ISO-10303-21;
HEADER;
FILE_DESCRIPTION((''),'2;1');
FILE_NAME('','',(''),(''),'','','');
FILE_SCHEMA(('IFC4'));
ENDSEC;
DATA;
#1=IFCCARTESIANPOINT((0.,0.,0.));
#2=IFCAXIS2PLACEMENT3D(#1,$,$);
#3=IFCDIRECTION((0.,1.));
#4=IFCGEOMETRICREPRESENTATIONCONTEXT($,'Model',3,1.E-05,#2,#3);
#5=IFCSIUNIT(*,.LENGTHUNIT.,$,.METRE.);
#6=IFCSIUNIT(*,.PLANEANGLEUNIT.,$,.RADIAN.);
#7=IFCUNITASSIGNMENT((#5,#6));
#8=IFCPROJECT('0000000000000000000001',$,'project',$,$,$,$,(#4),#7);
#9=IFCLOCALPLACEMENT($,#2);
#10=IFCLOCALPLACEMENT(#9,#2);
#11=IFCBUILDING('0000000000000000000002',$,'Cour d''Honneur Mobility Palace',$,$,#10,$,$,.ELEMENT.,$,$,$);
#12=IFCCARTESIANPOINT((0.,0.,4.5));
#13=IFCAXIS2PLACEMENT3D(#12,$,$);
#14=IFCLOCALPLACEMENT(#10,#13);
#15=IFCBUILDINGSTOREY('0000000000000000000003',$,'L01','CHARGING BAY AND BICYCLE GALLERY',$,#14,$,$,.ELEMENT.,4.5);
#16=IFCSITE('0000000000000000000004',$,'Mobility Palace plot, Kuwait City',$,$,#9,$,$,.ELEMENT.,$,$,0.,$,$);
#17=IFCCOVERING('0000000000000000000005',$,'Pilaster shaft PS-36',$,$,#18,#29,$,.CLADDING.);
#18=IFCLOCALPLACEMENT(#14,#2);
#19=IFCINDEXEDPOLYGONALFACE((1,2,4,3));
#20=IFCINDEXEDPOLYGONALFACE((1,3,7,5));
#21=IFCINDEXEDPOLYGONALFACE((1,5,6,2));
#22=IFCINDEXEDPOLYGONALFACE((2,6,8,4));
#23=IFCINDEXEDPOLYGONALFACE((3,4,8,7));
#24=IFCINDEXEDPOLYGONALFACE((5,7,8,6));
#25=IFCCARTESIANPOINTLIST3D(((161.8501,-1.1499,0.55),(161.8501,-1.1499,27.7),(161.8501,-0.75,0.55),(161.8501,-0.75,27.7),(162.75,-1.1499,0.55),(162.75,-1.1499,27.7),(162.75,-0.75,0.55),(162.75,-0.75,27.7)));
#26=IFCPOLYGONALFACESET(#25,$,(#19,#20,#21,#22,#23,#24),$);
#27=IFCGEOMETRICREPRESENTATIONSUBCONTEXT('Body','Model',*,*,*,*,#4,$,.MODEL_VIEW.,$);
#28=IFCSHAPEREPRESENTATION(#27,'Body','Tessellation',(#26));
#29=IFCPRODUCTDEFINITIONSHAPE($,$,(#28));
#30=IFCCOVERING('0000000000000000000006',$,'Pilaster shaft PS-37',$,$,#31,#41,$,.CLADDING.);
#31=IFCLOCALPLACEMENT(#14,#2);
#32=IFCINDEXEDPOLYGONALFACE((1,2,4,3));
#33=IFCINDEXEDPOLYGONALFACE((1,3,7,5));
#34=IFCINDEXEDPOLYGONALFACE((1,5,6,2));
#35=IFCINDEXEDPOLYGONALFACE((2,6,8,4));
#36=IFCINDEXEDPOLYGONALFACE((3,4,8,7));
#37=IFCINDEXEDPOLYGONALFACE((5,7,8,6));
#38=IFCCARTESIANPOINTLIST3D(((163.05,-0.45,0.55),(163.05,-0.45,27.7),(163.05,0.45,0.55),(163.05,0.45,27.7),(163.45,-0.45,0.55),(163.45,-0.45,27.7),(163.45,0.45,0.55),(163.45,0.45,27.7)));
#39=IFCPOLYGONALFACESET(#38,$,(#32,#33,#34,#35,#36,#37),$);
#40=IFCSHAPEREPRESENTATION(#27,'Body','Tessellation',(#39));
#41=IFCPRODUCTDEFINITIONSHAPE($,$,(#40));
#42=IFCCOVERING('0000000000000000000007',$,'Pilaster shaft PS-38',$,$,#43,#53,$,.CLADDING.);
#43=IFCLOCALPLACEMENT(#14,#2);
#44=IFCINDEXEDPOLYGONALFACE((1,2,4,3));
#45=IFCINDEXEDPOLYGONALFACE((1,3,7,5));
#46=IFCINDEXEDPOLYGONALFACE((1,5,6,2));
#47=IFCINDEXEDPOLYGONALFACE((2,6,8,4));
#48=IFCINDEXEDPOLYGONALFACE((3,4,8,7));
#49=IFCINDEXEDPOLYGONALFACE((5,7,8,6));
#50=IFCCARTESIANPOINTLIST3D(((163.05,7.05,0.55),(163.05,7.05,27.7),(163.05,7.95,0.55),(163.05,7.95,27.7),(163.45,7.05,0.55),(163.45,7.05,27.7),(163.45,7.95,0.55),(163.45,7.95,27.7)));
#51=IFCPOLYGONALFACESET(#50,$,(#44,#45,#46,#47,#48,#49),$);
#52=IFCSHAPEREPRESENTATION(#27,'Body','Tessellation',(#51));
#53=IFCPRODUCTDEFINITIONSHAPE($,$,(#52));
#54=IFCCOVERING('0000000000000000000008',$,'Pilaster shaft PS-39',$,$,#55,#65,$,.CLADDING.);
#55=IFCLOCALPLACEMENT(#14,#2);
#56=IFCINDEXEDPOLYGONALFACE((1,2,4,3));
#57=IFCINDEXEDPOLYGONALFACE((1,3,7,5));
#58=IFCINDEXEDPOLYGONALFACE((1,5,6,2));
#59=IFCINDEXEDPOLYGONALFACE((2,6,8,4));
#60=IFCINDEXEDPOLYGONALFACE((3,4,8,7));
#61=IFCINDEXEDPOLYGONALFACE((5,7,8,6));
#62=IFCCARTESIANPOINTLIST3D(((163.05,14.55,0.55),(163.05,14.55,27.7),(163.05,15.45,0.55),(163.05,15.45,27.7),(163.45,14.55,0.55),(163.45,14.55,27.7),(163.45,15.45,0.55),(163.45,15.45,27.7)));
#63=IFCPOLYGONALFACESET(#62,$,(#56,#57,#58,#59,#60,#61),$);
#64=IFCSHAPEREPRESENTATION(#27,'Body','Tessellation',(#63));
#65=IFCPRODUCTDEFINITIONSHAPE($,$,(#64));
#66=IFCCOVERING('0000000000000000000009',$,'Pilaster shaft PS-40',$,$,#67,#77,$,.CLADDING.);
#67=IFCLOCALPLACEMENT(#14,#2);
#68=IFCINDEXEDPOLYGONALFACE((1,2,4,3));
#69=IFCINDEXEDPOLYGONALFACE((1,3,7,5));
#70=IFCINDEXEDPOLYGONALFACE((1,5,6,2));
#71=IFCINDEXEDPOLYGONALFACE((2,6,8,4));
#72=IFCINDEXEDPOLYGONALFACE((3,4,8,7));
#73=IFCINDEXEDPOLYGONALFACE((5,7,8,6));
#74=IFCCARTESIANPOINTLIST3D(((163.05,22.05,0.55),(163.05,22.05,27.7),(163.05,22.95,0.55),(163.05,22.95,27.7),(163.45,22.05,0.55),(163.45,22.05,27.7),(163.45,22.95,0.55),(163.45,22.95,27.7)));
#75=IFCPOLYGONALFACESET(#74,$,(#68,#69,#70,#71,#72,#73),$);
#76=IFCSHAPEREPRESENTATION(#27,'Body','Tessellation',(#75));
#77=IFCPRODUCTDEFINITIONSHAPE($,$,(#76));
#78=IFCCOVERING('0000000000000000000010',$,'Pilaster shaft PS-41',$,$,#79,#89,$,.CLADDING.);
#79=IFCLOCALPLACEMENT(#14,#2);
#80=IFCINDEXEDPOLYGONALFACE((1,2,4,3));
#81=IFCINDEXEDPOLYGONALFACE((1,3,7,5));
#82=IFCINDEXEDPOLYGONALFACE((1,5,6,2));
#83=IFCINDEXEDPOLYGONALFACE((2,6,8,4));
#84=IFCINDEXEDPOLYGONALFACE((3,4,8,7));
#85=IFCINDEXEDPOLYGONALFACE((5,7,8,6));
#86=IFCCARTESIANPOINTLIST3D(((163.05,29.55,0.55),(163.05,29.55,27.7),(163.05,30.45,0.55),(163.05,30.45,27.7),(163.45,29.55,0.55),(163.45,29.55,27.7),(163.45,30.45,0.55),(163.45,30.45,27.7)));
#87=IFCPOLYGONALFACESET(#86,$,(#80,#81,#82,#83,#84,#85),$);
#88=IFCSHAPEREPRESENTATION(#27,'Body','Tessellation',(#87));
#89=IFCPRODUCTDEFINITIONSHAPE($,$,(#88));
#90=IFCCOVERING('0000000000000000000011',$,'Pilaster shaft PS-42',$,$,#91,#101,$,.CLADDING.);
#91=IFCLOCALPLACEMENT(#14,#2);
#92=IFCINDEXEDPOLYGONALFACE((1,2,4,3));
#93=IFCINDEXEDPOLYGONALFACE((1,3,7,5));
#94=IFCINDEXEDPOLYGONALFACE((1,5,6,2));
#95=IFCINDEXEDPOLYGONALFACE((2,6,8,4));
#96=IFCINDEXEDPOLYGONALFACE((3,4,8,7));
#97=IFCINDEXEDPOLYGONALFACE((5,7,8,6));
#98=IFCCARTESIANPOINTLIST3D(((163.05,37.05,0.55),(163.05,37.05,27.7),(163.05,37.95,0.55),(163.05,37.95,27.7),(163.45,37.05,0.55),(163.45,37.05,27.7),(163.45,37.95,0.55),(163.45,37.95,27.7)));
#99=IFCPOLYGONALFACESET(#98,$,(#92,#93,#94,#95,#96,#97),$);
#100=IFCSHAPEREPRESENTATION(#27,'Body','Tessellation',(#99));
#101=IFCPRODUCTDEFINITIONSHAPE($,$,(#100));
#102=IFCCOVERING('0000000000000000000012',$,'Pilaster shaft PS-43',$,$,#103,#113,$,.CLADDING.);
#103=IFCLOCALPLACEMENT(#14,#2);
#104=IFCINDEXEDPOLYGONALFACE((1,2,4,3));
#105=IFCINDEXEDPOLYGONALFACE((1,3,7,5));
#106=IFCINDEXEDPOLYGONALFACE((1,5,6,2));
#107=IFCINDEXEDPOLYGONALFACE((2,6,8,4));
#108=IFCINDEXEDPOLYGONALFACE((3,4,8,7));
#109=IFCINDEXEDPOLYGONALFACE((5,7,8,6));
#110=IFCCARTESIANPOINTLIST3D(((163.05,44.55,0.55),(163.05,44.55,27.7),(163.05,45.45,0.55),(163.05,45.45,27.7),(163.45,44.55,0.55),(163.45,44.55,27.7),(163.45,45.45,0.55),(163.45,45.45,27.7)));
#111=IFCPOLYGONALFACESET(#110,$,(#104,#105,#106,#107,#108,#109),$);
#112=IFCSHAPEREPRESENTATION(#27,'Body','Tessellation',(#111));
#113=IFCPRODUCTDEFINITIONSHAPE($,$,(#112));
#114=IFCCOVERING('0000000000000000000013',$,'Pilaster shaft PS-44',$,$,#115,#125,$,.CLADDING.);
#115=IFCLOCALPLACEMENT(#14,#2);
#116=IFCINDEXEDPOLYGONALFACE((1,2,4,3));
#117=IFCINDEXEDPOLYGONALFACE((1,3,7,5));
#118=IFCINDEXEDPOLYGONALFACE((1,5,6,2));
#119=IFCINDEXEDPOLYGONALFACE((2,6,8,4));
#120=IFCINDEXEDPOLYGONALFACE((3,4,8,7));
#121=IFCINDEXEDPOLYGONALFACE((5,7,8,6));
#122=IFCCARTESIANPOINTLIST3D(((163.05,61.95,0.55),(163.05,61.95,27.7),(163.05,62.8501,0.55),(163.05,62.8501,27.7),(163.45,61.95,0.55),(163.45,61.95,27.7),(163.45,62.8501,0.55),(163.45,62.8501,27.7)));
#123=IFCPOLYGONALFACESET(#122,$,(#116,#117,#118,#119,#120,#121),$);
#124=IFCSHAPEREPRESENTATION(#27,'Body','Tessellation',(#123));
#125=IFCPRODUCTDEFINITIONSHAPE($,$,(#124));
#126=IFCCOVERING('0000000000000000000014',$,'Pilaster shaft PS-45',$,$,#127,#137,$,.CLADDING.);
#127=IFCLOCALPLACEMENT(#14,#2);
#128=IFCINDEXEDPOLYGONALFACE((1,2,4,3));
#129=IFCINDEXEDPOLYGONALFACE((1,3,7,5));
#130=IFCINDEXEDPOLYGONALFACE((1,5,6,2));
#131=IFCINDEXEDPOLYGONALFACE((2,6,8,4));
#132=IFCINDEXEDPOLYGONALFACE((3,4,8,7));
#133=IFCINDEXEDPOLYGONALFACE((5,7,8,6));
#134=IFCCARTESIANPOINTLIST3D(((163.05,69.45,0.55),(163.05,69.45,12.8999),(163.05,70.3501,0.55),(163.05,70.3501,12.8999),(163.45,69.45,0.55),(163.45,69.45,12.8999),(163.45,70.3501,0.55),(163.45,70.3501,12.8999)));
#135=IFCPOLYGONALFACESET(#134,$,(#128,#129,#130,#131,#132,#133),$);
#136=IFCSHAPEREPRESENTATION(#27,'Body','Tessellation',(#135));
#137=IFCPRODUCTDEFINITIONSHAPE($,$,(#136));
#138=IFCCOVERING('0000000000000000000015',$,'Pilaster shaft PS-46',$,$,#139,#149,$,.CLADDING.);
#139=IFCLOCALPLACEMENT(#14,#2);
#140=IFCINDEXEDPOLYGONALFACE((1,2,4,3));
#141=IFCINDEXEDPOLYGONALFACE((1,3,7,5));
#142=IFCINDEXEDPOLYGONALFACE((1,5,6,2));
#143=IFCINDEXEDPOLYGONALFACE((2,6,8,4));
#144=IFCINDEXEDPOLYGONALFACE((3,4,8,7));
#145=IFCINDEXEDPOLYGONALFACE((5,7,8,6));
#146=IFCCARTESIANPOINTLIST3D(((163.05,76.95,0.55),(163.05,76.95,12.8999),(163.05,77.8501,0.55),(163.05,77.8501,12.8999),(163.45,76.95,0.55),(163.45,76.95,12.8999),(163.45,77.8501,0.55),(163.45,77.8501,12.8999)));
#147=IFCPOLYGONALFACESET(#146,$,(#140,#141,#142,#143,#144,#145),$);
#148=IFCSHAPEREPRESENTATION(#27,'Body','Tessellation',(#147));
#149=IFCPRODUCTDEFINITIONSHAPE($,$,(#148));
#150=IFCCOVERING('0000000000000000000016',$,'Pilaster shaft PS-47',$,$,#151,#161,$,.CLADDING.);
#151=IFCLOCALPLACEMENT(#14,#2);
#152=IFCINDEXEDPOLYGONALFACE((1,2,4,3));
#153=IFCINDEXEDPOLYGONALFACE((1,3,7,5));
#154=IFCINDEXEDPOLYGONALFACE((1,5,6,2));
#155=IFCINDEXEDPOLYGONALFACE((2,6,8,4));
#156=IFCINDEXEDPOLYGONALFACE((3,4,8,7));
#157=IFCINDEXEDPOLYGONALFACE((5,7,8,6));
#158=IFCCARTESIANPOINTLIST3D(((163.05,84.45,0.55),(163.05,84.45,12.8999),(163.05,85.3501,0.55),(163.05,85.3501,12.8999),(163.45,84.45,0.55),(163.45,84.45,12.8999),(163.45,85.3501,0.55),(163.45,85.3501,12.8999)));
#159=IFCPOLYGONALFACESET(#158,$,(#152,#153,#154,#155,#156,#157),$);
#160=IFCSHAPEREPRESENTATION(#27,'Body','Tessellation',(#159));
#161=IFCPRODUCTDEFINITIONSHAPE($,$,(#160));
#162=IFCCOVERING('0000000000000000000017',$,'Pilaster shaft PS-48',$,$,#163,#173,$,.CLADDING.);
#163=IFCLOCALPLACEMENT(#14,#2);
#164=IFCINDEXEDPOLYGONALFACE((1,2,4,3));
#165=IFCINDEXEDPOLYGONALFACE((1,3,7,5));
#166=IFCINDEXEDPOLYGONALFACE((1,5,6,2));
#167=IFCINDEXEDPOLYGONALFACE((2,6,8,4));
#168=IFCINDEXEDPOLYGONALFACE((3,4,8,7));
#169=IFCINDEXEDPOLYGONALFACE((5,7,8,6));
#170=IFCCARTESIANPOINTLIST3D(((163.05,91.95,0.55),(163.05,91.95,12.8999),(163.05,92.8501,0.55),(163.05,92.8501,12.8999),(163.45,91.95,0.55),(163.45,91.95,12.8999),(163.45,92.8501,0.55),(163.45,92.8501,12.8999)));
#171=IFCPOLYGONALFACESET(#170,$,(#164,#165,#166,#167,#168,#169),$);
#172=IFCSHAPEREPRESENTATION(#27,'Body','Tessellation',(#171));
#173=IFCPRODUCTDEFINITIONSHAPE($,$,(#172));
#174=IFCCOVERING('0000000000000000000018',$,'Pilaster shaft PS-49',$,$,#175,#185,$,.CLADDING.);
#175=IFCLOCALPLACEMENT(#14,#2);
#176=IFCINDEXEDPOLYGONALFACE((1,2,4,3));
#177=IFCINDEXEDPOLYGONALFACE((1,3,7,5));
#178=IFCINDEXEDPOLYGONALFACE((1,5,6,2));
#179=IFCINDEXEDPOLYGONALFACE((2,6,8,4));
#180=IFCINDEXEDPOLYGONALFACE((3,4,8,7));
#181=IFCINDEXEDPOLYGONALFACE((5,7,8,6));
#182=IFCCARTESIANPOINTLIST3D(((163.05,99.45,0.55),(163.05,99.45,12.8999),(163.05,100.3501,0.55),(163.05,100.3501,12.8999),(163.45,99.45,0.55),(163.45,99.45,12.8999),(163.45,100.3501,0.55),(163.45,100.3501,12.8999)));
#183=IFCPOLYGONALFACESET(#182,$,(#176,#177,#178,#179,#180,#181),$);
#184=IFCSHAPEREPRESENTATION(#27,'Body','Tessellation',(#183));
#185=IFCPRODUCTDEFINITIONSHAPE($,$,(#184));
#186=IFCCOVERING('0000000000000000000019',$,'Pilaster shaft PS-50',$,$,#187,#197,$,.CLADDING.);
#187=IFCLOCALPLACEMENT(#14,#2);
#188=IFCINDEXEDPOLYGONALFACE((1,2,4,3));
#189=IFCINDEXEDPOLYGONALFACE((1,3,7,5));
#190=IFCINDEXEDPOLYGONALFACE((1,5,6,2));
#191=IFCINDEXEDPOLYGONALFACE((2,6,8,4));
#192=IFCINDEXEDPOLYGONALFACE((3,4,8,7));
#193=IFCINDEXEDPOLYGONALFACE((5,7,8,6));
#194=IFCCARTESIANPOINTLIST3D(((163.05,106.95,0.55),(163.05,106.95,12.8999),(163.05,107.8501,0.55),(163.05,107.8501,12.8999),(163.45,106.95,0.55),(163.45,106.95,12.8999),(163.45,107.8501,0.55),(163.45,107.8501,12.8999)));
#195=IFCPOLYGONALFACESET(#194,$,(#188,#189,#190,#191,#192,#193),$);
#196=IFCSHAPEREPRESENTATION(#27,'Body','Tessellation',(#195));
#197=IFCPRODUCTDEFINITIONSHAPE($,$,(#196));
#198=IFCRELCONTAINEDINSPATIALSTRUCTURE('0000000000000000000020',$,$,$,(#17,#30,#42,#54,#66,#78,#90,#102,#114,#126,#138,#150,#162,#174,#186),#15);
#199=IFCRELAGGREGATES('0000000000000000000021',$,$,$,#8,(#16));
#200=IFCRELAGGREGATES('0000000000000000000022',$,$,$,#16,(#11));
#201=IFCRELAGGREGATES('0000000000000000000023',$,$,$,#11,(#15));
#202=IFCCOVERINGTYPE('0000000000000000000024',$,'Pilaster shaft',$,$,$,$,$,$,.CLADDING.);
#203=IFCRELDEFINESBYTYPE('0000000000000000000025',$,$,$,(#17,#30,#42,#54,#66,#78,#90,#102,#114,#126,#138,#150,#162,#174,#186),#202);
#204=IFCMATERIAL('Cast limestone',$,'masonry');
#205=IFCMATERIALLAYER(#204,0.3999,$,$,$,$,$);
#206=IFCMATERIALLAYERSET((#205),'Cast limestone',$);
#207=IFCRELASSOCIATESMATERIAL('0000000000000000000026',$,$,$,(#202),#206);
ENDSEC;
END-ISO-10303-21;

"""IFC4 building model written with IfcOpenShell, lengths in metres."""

from ifc_helpers import new_model, si_unit, direction, frame, origin, place, context, subcontext, project, spatial, polyline, outline, extrude, material, layer, layer_set, type_object, element, save


model = new_model("IFC4")

# Units and contexts
model_context = context("Model", 3, precision=1e-05, world=origin(), true_north=direction((0.0, 1.0)))
body_context = subcontext(model_context, "Body", "Model", "MODEL_VIEW")
ifc_project = project(units=[si_unit("LENGTHUNIT", "METRE"), si_unit("PLANEANGLEUNIT", "RADIAN")], contexts=[model_context])

# Site, building, storey
site_placement = place(None, origin())
site = spatial("IfcSite", under=ifc_project, at=site_placement, Name="Mobility Palace plot, Kuwait City", CompositionType="ELEMENT", RefElevation=0.0)
building_placement = place(site_placement, origin())
building = spatial("IfcBuilding", under=site, at=building_placement, Name="Cour d'Honneur Mobility Palace", CompositionType="ELEMENT")
storey_placement = place(building_placement, frame((0.0, 0.0, 4.5)))
storey = spatial("IfcBuildingStorey", under=building, at=storey_placement, Name="L01", Description="CHARGING BAY AND BICYCLE GALLERY", CompositionType="ELEMENT", Elevation=4.5)

# Coverings
ifc_material = material(Name="Cast limestone", Category="masonry")
ifc_layer = layer(ifc_material, 0.3999)
ifc_layer_set = layer_set([ifc_layer], Name="Cast limestone")
covering_type = type_object("IfcCoveringType", Name="Pilaster shaft", PredefinedType="CLADDING", material=ifc_layer_set)
covering_1_placement = place(storey_placement, frame((0.0, 0.0, 0.55)))
element("IfcCovering", 1, at=covering_1_placement, inside=storey, type_object=covering_type, Name="Pilaster shaft PS-36", PredefinedType="CLADDING", context=body_context, shape_type="SweptSolid", body=[
    extrude(outline(polyline([(161.8501, -0.75), (162.75, -0.75), (162.75, -1.1499), (161.8501, -1.1499), (161.8501, -0.75)])), origin(), (0.0, 0.0, 1.0), 27.1499),
])
covering_2_placement = place(storey_placement, frame((0.0, 0.0, 0.55)))
element("IfcCovering", 2, at=covering_2_placement, inside=storey, type_object=covering_type, Name="Pilaster shaft PS-37", PredefinedType="CLADDING", context=body_context, shape_type="SweptSolid", body=[
    extrude(outline(polyline([(163.05, -0.45), (163.05, 0.45), (163.45, 0.45), (163.45, -0.45), (163.05, -0.45)])), origin(), (0.0, 0.0, 1.0), 27.1499),
])
covering_3_placement = place(storey_placement, frame((0.0, 0.0, 0.55)))
element("IfcCovering", 3, at=covering_3_placement, inside=storey, type_object=covering_type, Name="Pilaster shaft PS-38", PredefinedType="CLADDING", context=body_context, shape_type="SweptSolid", body=[
    extrude(outline(polyline([(163.05, 7.05), (163.05, 7.95), (163.45, 7.95), (163.45, 7.05), (163.05, 7.05)])), origin(), (0.0, 0.0, 1.0), 27.1499),
])
covering_4_placement = place(storey_placement, frame((0.0, 0.0, 0.55)))
element("IfcCovering", 4, at=covering_4_placement, inside=storey, type_object=covering_type, Name="Pilaster shaft PS-39", PredefinedType="CLADDING", context=body_context, shape_type="SweptSolid", body=[
    extrude(outline(polyline([(163.05, 14.55), (163.05, 15.45), (163.45, 15.45), (163.45, 14.55), (163.05, 14.55)])), origin(), (0.0, 0.0, 1.0), 27.1499),
])
covering_5_placement = place(storey_placement, frame((0.0, 0.0, 0.55)))
element("IfcCovering", 5, at=covering_5_placement, inside=storey, type_object=covering_type, Name="Pilaster shaft PS-40", PredefinedType="CLADDING", context=body_context, shape_type="SweptSolid", body=[
    extrude(outline(polyline([(163.05, 22.05), (163.05, 22.95), (163.45, 22.95), (163.45, 22.05), (163.05, 22.05)])), origin(), (0.0, 0.0, 1.0), 27.1499),
])
covering_6_placement = place(storey_placement, frame((0.0, 0.0, 0.55)))
element("IfcCovering", 6, at=covering_6_placement, inside=storey, type_object=covering_type, Name="Pilaster shaft PS-41", PredefinedType="CLADDING", context=body_context, shape_type="SweptSolid", body=[
    extrude(outline(polyline([(163.05, 29.55), (163.05, 30.45), (163.45, 30.45), (163.45, 29.55), (163.05, 29.55)])), origin(), (0.0, 0.0, 1.0), 27.1499),
])
covering_7_placement = place(storey_placement, frame((0.0, 0.0, 0.55)))
element("IfcCovering", 7, at=covering_7_placement, inside=storey, type_object=covering_type, Name="Pilaster shaft PS-42", PredefinedType="CLADDING", context=body_context, shape_type="SweptSolid", body=[
    extrude(outline(polyline([(163.05, 37.05), (163.05, 37.95), (163.45, 37.95), (163.45, 37.05), (163.05, 37.05)])), origin(), (0.0, 0.0, 1.0), 27.1499),
])
covering_8_placement = place(storey_placement, frame((0.0, 0.0, 0.55)))
element("IfcCovering", 8, at=covering_8_placement, inside=storey, type_object=covering_type, Name="Pilaster shaft PS-43", PredefinedType="CLADDING", context=body_context, shape_type="SweptSolid", body=[
    extrude(outline(polyline([(163.05, 44.55), (163.05, 45.45), (163.45, 45.45), (163.45, 44.55), (163.05, 44.55)])), origin(), (0.0, 0.0, 1.0), 27.1499),
])
covering_9_placement = place(storey_placement, frame((0.0, 0.0, 0.55)))
element("IfcCovering", 9, at=covering_9_placement, inside=storey, type_object=covering_type, Name="Pilaster shaft PS-44", PredefinedType="CLADDING", context=body_context, shape_type="SweptSolid", body=[
    extrude(outline(polyline([(163.05, 61.95), (163.05, 62.8501), (163.45, 62.8501), (163.45, 61.95), (163.05, 61.95)])), origin(), (0.0, 0.0, 1.0), 27.1499),
])
covering_10_placement = place(storey_placement, frame((0.0, 0.0, 0.55)))
element("IfcCovering", 10, at=covering_10_placement, inside=storey, type_object=covering_type, Name="Pilaster shaft PS-45", PredefinedType="CLADDING", context=body_context, shape_type="SweptSolid", body=[
    extrude(outline(polyline([(163.05, 69.45), (163.05, 70.3501), (163.45, 70.3501), (163.45, 69.45), (163.05, 69.45)])), origin(), (0.0, 0.0, 1.0), 12.3499),
])
covering_11_placement = place(storey_placement, frame((0.0, 0.0, 0.55)))
element("IfcCovering", 11, at=covering_11_placement, inside=storey, type_object=covering_type, Name="Pilaster shaft PS-46", PredefinedType="CLADDING", context=body_context, shape_type="SweptSolid", body=[
    extrude(outline(polyline([(163.05, 76.95), (163.05, 77.8501), (163.45, 77.8501), (163.45, 76.95), (163.05, 76.95)])), origin(), (0.0, 0.0, 1.0), 12.3499),
])
covering_12_placement = place(storey_placement, frame((0.0, 0.0, 0.55)))
element("IfcCovering", 12, at=covering_12_placement, inside=storey, type_object=covering_type, Name="Pilaster shaft PS-47", PredefinedType="CLADDING", context=body_context, shape_type="SweptSolid", body=[
    extrude(outline(polyline([(163.05, 84.45), (163.05, 85.3501), (163.45, 85.3501), (163.45, 84.45), (163.05, 84.45)])), origin(), (0.0, 0.0, 1.0), 12.3499),
])
covering_13_placement = place(storey_placement, frame((0.0, 0.0, 0.55)))
element("IfcCovering", 13, at=covering_13_placement, inside=storey, type_object=covering_type, Name="Pilaster shaft PS-48", PredefinedType="CLADDING", context=body_context, shape_type="SweptSolid", body=[
    extrude(outline(polyline([(163.05, 91.95), (163.05, 92.8501), (163.45, 92.8501), (163.45, 91.95), (163.05, 91.95)])), origin(), (0.0, 0.0, 1.0), 12.3499),
])
covering_14_placement = place(storey_placement, frame((0.0, 0.0, 0.55)))
element("IfcCovering", 14, at=covering_14_placement, inside=storey, type_object=covering_type, Name="Pilaster shaft PS-49", PredefinedType="CLADDING", context=body_context, shape_type="SweptSolid", body=[
    extrude(outline(polyline([(163.05, 99.45), (163.05, 100.3501), (163.45, 100.3501), (163.45, 99.45), (163.05, 99.45)])), origin(), (0.0, 0.0, 1.0), 12.3499),
])
covering_15_placement = place(storey_placement, frame((0.0, 0.0, 0.55)))
element("IfcCovering", 15, at=covering_15_placement, inside=storey, type_object=covering_type, Name="Pilaster shaft PS-50", PredefinedType="CLADDING", context=body_context, shape_type="SweptSolid", body=[
    extrude(outline(polyline([(163.05, 106.95), (163.05, 107.8501), (163.45, 107.8501), (163.45, 106.95), (163.05, 106.95)])), origin(), (0.0, 0.0, 1.0), 12.3499),
])

save(model, "model.ifc")
